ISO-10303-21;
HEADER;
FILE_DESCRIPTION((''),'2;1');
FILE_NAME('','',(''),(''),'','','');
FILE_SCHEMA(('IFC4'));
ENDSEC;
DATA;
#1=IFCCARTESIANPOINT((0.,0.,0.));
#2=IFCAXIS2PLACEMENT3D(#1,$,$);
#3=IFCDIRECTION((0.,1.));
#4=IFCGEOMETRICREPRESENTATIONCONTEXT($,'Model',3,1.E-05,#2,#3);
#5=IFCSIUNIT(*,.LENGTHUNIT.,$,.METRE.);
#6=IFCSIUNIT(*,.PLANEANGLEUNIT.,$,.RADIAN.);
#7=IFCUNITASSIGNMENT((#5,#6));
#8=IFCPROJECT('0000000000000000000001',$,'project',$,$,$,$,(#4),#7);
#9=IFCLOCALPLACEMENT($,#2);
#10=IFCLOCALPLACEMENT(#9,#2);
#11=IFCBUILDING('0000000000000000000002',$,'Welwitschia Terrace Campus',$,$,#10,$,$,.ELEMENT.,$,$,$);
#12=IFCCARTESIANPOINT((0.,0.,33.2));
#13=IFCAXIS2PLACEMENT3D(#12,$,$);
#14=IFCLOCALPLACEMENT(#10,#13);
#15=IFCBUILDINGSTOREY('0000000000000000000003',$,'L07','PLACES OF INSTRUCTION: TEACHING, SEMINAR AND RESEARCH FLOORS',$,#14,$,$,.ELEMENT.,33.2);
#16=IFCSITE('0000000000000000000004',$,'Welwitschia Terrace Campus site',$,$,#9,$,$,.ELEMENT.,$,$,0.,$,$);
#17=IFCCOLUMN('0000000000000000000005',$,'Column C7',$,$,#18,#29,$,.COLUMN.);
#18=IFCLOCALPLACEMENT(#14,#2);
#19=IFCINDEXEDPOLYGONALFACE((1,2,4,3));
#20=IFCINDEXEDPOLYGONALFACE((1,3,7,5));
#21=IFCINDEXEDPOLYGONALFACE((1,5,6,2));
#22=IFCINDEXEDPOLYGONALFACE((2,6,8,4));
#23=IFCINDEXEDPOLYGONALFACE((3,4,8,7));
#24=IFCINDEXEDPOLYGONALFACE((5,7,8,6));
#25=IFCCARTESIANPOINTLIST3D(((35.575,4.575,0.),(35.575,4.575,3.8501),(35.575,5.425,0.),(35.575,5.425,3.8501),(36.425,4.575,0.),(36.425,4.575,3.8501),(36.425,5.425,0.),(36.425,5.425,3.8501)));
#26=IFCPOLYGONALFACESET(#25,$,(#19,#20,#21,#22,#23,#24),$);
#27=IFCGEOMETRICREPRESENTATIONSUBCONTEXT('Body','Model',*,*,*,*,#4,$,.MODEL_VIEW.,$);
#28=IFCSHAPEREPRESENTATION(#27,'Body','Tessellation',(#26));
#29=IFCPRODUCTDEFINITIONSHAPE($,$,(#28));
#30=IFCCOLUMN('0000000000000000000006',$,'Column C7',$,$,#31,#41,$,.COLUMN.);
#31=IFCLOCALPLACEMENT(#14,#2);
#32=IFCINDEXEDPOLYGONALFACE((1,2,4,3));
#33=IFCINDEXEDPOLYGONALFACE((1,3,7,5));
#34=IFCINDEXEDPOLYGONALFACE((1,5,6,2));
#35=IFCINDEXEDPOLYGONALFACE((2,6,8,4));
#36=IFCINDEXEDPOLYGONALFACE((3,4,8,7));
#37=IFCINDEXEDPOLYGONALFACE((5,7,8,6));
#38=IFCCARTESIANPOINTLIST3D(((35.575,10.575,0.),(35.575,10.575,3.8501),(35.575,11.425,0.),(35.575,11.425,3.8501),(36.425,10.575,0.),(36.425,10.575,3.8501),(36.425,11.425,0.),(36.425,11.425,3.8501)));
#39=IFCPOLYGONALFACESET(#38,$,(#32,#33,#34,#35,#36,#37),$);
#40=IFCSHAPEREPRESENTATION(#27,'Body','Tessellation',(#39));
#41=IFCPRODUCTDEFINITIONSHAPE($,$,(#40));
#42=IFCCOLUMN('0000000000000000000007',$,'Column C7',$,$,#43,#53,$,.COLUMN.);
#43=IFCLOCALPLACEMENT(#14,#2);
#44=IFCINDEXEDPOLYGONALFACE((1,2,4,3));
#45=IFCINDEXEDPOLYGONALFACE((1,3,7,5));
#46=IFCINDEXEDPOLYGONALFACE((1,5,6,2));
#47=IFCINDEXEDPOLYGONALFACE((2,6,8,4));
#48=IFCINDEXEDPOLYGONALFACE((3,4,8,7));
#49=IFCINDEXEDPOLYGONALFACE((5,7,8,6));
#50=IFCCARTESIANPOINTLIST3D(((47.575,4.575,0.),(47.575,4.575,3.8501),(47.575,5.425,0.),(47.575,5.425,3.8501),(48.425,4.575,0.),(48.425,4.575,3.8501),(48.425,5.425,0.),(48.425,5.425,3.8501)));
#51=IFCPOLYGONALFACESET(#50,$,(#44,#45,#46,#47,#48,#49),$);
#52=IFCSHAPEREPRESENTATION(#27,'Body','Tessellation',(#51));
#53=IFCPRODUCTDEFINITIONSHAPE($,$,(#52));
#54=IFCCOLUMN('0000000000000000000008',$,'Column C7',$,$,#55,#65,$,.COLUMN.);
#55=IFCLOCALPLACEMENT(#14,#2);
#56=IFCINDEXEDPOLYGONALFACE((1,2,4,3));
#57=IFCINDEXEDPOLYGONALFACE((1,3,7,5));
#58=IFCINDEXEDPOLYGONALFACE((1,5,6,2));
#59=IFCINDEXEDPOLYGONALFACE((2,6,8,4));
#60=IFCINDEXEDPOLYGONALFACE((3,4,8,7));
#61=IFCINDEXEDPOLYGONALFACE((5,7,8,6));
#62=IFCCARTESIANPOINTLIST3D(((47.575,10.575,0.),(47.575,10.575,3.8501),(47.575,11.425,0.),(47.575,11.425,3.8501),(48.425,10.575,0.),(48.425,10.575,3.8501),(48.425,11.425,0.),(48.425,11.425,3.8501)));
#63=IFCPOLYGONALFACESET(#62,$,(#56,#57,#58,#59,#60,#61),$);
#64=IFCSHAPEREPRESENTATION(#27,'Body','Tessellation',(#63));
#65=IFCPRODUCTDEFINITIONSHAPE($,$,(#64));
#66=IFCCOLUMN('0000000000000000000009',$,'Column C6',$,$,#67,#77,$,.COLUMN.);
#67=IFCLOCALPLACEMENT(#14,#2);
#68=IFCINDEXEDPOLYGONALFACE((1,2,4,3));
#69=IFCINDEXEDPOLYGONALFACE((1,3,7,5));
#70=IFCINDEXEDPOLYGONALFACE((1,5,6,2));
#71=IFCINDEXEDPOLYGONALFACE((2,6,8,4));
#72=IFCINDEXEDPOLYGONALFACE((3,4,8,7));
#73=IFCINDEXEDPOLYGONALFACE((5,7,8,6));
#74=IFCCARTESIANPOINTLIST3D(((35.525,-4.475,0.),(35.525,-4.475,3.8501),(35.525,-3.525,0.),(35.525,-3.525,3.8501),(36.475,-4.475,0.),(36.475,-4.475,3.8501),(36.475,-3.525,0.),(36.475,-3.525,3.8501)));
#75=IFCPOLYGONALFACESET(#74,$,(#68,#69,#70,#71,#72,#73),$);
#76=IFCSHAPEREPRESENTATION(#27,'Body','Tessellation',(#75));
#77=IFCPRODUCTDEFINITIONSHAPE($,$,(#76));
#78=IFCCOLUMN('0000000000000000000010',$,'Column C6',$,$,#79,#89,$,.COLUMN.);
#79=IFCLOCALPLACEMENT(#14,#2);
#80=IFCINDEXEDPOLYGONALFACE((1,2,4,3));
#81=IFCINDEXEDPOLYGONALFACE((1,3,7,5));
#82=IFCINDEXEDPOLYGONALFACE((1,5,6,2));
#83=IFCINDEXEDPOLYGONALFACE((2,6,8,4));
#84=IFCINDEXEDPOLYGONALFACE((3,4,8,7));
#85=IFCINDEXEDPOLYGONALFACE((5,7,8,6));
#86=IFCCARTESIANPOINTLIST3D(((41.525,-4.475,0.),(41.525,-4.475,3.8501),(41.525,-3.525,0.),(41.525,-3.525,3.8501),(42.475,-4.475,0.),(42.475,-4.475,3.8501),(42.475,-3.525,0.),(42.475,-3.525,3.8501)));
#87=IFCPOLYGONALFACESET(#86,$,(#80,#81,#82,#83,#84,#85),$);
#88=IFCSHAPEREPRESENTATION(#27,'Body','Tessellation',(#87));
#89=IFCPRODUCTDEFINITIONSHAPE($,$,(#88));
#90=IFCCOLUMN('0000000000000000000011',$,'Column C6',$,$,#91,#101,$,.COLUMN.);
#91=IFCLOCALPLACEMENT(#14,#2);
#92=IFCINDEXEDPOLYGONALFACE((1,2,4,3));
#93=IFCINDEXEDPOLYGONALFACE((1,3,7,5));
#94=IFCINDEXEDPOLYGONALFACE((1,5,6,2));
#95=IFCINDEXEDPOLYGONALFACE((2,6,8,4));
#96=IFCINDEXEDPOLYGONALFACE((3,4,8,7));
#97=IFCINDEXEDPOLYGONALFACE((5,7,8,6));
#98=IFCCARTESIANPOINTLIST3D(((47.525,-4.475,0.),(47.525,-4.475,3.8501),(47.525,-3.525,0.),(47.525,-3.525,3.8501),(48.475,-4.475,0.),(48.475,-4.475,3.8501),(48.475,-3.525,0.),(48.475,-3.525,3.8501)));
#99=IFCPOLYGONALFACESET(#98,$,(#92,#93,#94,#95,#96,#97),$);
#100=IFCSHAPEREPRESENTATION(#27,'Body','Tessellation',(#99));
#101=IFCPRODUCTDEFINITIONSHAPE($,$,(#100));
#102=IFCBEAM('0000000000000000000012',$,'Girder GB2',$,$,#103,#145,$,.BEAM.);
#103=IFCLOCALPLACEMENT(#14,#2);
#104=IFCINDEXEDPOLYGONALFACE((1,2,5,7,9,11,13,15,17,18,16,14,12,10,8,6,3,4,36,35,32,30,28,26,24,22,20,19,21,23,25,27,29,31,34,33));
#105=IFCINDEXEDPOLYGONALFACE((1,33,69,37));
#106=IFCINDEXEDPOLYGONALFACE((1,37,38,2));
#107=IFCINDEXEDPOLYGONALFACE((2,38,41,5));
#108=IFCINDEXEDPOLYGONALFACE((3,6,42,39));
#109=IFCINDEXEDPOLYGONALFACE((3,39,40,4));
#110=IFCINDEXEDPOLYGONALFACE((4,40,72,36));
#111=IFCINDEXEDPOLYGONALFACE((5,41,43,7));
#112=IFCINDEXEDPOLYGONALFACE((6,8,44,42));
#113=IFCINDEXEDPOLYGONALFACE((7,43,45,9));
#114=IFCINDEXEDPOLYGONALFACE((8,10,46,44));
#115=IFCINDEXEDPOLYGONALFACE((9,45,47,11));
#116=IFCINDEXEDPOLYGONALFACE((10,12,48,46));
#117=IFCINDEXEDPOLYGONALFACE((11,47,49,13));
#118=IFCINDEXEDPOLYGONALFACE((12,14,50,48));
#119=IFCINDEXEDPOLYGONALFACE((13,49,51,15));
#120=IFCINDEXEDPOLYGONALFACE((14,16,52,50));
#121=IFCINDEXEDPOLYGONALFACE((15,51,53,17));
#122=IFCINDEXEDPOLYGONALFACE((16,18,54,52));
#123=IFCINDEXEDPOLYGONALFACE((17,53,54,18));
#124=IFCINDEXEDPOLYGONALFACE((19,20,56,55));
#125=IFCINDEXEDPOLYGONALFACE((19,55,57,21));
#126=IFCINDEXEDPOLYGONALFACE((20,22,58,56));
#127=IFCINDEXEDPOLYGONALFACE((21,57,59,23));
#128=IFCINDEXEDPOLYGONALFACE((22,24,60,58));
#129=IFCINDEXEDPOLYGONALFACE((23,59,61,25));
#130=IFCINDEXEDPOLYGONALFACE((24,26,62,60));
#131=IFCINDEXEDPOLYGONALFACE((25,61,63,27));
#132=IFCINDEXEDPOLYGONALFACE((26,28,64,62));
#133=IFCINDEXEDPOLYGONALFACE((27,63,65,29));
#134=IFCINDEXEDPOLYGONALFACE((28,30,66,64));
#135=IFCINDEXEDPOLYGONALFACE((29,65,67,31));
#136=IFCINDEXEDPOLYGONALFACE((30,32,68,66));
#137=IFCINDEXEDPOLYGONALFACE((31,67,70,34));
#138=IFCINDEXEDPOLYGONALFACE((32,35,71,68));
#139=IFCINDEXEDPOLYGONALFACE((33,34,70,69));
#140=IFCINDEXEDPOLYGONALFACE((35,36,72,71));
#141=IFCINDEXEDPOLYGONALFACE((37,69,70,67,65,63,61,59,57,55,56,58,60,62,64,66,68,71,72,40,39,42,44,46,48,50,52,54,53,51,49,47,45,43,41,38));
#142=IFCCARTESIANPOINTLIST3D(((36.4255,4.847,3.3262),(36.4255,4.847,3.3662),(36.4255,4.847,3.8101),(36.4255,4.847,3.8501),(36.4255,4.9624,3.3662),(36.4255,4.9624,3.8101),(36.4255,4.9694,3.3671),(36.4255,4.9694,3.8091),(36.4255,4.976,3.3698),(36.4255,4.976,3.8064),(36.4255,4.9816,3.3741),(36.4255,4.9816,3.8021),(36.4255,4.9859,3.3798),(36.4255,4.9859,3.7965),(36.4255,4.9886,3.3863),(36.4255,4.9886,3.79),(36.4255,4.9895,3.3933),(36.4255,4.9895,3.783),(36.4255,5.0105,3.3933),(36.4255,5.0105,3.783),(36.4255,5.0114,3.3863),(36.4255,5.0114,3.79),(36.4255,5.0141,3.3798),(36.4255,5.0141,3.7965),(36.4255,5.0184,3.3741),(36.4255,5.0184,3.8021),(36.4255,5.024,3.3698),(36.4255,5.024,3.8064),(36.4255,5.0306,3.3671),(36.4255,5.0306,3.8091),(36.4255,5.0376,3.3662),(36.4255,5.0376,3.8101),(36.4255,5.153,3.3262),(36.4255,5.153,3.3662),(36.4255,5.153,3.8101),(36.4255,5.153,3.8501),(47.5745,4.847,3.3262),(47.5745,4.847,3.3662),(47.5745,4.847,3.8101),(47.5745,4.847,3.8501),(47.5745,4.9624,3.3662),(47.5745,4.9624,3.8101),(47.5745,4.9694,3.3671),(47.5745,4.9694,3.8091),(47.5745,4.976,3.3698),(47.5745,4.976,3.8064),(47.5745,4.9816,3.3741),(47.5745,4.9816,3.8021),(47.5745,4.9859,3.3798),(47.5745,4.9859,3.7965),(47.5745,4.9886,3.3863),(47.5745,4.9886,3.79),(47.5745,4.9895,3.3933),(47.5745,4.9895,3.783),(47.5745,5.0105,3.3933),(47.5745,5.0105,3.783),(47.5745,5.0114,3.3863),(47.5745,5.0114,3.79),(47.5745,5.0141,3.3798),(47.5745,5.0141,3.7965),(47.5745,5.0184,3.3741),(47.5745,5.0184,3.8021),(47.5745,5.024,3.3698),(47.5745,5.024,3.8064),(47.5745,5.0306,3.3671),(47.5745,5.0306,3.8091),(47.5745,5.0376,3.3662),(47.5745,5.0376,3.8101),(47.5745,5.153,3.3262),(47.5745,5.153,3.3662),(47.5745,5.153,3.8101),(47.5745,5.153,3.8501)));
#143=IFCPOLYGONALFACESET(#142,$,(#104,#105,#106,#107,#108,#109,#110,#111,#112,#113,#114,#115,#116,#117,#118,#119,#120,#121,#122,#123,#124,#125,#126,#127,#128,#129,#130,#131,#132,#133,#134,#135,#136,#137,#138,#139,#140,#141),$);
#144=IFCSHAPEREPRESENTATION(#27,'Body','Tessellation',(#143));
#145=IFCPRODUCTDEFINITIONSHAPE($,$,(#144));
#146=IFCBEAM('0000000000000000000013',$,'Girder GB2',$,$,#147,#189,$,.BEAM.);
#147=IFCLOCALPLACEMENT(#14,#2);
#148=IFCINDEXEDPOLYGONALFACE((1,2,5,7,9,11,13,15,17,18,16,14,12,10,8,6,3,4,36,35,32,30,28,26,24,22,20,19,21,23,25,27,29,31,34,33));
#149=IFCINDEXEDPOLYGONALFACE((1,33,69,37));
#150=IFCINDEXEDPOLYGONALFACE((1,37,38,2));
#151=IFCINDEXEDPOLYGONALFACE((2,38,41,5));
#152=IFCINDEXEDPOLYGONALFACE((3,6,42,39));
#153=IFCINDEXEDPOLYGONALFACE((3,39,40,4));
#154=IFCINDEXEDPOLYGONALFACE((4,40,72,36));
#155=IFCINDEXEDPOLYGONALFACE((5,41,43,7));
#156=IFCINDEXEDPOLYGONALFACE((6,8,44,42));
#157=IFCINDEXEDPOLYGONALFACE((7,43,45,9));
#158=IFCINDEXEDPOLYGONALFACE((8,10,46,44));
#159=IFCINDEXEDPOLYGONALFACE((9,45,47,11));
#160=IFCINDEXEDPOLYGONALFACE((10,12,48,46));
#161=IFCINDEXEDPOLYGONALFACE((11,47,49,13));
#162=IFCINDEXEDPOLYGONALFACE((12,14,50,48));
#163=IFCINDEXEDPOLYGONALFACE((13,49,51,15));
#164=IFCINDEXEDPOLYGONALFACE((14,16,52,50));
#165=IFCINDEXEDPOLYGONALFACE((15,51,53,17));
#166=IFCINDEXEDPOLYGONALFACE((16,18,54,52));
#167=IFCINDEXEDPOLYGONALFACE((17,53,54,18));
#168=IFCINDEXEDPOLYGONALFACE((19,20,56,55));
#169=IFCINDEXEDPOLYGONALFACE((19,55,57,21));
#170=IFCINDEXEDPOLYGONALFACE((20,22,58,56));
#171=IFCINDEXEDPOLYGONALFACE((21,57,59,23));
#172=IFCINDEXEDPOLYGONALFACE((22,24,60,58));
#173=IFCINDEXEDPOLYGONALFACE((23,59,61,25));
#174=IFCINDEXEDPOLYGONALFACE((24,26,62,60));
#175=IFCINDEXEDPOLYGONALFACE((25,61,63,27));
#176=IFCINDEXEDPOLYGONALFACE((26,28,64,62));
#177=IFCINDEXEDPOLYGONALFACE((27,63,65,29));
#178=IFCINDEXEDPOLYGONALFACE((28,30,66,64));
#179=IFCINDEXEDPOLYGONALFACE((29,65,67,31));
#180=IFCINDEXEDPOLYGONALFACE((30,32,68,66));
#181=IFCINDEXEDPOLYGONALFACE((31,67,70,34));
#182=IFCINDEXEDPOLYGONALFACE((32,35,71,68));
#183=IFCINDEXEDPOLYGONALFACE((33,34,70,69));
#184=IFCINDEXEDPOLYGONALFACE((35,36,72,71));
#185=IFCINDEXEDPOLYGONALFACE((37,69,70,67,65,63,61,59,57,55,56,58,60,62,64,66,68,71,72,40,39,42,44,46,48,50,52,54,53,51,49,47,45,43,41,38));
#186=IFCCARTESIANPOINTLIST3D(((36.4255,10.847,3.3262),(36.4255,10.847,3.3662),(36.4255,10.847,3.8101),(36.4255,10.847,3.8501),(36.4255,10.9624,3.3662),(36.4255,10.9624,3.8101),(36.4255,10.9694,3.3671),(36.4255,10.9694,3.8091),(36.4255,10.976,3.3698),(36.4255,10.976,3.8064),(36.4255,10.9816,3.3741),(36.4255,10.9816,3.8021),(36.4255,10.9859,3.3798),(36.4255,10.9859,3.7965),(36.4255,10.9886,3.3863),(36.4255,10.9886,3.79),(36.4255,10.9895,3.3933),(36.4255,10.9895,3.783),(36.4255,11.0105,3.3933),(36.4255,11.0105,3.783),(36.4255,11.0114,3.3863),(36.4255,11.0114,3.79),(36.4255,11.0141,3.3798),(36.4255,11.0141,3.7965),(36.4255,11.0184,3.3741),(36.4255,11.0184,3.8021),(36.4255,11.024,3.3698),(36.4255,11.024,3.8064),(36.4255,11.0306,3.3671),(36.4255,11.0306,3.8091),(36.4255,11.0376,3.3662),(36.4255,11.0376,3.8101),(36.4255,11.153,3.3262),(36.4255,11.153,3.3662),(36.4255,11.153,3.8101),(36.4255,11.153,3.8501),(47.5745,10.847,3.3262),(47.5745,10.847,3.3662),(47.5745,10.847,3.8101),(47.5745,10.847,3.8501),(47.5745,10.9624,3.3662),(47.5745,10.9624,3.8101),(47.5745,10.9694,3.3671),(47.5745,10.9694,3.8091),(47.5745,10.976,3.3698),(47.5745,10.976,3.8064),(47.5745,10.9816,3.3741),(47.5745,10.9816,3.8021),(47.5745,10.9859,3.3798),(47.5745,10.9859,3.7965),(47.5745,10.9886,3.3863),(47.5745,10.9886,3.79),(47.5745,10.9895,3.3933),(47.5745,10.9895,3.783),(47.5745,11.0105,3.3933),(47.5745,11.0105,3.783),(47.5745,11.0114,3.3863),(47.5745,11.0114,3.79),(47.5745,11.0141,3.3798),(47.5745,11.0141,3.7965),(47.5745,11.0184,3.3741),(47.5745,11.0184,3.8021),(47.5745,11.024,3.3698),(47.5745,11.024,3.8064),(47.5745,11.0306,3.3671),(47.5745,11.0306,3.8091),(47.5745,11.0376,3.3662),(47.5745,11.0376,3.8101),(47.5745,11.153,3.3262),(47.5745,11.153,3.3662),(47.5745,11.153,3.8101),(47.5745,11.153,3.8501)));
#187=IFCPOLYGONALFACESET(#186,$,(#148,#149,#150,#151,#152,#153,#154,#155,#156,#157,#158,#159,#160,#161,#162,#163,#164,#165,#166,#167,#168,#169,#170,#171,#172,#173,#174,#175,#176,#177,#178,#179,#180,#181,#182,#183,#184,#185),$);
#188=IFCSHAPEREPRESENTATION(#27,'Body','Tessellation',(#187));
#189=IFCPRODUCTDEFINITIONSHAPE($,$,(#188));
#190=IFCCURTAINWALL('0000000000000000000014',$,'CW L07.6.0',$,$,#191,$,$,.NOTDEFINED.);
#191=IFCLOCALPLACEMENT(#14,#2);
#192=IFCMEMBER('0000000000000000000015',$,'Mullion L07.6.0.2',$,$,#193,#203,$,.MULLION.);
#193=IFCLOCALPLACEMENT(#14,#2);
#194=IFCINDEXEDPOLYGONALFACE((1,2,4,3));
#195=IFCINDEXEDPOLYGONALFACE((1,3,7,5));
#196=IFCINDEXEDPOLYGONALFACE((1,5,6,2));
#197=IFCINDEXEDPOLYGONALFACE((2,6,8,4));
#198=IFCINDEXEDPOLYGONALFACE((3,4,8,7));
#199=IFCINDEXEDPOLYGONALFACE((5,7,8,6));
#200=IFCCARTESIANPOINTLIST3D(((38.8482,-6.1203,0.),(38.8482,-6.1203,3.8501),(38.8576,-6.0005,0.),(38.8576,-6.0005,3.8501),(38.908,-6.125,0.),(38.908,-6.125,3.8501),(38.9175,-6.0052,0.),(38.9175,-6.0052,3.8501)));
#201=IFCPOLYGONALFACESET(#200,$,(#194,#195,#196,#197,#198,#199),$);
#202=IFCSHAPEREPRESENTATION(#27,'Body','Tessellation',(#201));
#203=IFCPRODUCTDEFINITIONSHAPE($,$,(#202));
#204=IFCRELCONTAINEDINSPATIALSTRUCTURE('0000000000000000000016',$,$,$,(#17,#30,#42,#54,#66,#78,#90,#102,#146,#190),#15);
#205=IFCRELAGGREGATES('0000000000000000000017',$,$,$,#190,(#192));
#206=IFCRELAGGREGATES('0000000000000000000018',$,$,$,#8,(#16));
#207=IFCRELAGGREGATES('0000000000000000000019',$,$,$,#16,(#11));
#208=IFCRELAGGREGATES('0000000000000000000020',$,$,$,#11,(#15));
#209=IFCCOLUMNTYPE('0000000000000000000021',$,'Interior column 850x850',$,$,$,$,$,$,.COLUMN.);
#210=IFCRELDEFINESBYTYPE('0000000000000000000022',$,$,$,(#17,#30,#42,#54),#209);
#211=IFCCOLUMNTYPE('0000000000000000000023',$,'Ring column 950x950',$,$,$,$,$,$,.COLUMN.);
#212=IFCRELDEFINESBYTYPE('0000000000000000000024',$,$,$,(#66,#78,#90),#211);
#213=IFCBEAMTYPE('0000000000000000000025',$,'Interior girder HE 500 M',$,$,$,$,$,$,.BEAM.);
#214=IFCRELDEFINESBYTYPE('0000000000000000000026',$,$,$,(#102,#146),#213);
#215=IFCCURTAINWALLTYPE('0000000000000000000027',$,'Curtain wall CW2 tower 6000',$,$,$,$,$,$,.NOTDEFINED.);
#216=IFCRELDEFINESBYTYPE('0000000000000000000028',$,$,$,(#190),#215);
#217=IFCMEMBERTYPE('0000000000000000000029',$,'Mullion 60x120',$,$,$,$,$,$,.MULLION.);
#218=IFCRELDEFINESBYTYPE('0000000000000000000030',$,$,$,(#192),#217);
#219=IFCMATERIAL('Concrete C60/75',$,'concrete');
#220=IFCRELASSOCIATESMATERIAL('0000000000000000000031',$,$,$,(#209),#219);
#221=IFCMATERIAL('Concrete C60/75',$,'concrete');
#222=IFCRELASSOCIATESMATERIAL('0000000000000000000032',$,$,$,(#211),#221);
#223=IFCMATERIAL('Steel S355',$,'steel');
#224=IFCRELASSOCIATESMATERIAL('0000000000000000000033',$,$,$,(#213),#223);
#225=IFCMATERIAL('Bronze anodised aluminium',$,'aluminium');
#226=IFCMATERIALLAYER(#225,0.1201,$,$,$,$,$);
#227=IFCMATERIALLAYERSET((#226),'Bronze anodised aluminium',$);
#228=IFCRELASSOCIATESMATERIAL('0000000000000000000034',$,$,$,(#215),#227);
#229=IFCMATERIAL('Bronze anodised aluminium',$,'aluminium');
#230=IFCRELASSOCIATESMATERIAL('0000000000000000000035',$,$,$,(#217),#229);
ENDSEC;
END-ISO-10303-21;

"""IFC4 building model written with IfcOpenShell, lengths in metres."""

from ifc_helpers import new_model, si_unit, direction, frame, origin, origin_2d, place, context, subcontext, project, spatial, rectangle, i_section, extrude, material, layer, layer_set, material_profile, profile_set, type_object, element, aggregate, save


model = new_model("IFC4")

# Units and contexts
model_context = context("Model", 3, precision=1e-05, world=origin(), true_north=direction((0.0, 1.0)))
body_context = subcontext(model_context, "Body", "Model", "MODEL_VIEW")
ifc_project = project(units=[si_unit("LENGTHUNIT", "METRE"), si_unit("PLANEANGLEUNIT", "RADIAN")], contexts=[model_context])

# Site, building, storey
site_placement = place(None, origin())
site = spatial("IfcSite", under=ifc_project, at=site_placement, Name="Welwitschia Terrace Campus site", CompositionType="ELEMENT", RefElevation=0.0)
building_placement = place(site_placement, origin())
building = spatial("IfcBuilding", under=site, at=building_placement, Name="Welwitschia Terrace Campus", CompositionType="ELEMENT")
storey_placement = place(building_placement, frame((0.0, 0.0, 33.2)))
storey = spatial("IfcBuildingStorey", under=building, at=storey_placement, Name="L07", Description="PLACES OF INSTRUCTION: TEACHING, SEMINAR AND RESEARCH FLOORS", CompositionType="ELEMENT", Elevation=33.2)

# Columns
ifc_material_1 = material(Name="Concrete C60/75", Category="concrete")
ifc_material_profile_1 = material_profile(ifc_material_1, rectangle(XDim=0.8501, YDim=0.8501, at=origin_2d()))
ifc_profile_set_1 = profile_set([ifc_material_profile_1], Name="Concrete C60/75")
column_type_1 = type_object("IfcColumnType", Name="Interior column 850x850", PredefinedType="COLUMN", material=ifc_profile_set_1)
for number, where, z_axis, x_axis, name in (
    (1, (36.0, 5.0, 0.0), (0.0, 0.0, 1.0), (1.0, 0.0, 0.0), "Column C7"),
    (2, (36.0, 11.0, 0.0), (0.0, 0.0, 1.0), (1.0, 0.0, 0.0), "Column C7"),
    (3, (48.0, 5.0, 0.0), (0.0, 0.0, 1.0), (1.0, 0.0, 0.0), "Column C7"),
    (4, (48.0, 11.0, 0.0), (0.0, 0.0, 1.0), (1.0, 0.0, 0.0), "Column C7"),
):
    element("IfcColumn", number, at=place(storey_placement, frame(where, z_axis=z_axis, x_axis=x_axis)), inside=storey, type_object=column_type_1, Name=name, PredefinedType="COLUMN", context=body_context, shape_type="SweptSolid", body=[
        extrude(rectangle(XDim=0.8501, YDim=0.8501, at=origin_2d()), origin(), (0.0, 0.0, 1.0), 3.8501),
    ])
ifc_material_2 = material(Name="Concrete C60/75", Category="concrete")
ifc_material_profile_2 = material_profile(ifc_material_2, rectangle(XDim=0.95, YDim=0.95, at=origin_2d()))
ifc_profile_set_2 = profile_set([ifc_material_profile_2], Name="Concrete C60/75")
column_type_2 = type_object("IfcColumnType", Name="Ring column 950x950", PredefinedType="COLUMN", material=ifc_profile_set_2)
for number, where, z_axis, x_axis, name in (
    (5, (36.0, -4.0, 0.0), (0.0, 0.0, 1.0), (1.0, 0.0, 0.0), "Column C6"),
    (6, (42.0, -4.0, 0.0), (0.0, 0.0, 1.0), (1.0, 0.0, 0.0), "Column C6"),
    (7, (48.0, -4.0, 0.0), (0.0, 0.0, 1.0), (1.0, 0.0, 0.0), "Column C6"),
):
    element("IfcColumn", number, at=place(storey_placement, frame(where, z_axis=z_axis, x_axis=x_axis)), inside=storey, type_object=column_type_2, Name=name, PredefinedType="COLUMN", context=body_context, shape_type="SweptSolid", body=[
        extrude(rectangle(XDim=0.95, YDim=0.95, at=origin_2d()), origin(), (0.0, 0.0, 1.0), 3.8501),
    ])

# Beams
ifc_material_3 = material(Name="Steel S355", Category="steel")
ifc_material_profile_3 = material_profile(ifc_material_3, i_section(OverallWidth=0.3059, OverallDepth=0.5239, WebThickness=0.021, FlangeThickness=0.04, FilletRadius=0.0271, at=origin_2d()))
ifc_profile_set_3 = profile_set([ifc_material_profile_3], Name="Steel S355")
beam_type_1 = type_object("IfcBeamType", Name="Interior girder HE 500 M", PredefinedType="BEAM", material=ifc_profile_set_3)
for number, where, z_axis, x_axis, name in (
    (8, (36.4255, 5.0, 3.5881), (1.0, 0.0, 0.0), (0.0, 1.0, 0.0), "Girder GB2"),
    (9, (36.4255, 11.0, 3.5881), (1.0, 0.0, 0.0), (0.0, 1.0, 0.0), "Girder GB2"),
):
    element("IfcBeam", number, at=place(storey_placement, frame(where, z_axis=z_axis, x_axis=x_axis)), inside=storey, type_object=beam_type_1, Name=name, PredefinedType="BEAM", context=body_context, shape_type="SweptSolid", body=[
        extrude(i_section(OverallWidth=0.3059, OverallDepth=0.5239, WebThickness=0.021, FlangeThickness=0.04, FilletRadius=0.0271, at=origin_2d()), origin(), (0.0, 0.0, 1.0), 11.1489),
    ])

# Curtain wall, member
ifc_material_4 = material(Name="Bronze anodised aluminium", Category="aluminium")
ifc_layer_1 = layer(ifc_material_4, 0.1201)
ifc_layer_set_1 = layer_set([ifc_layer_1], Name="Bronze anodised aluminium")
curtain_wall_type = type_object("IfcCurtainWallType", Name="Curtain wall CW2 tower 6000", PredefinedType="NOTDEFINED", material=ifc_layer_set_1)
curtain_wall_placement = place(storey_placement, origin())
curtain_wall = element("IfcCurtainWall", 10, at=curtain_wall_placement, inside=storey, type_object=curtain_wall_type, Name="CW L07.6.0", PredefinedType="NOTDEFINED")
ifc_material_5 = material(Name="Bronze anodised aluminium", Category="aluminium")
ifc_material_profile_4 = material_profile(ifc_material_5, rectangle(XDim=0.1201, YDim=0.0601, at=origin_2d()))
ifc_profile_set_4 = profile_set([ifc_material_profile_4], Name="Bronze anodised aluminium")
member_type = type_object("IfcMemberType", Name="Mullion 60x120", PredefinedType="MULLION", material=ifc_profile_set_4)
member_1_placement = place(storey_placement, frame((38.8828, -6.0627, 0.0), z_axis=(0.0, 0.0, 1.0), x_axis=(0.078459, 0.996917, 0.0)))
member_1 = element("IfcMember", 11, at=member_1_placement, type_object=member_type, Name="Mullion L07.6.0.2", PredefinedType="MULLION", context=body_context, shape_type="SweptSolid", body=[
    extrude(rectangle(XDim=0.1201, YDim=0.0601, at=origin_2d()), origin(), (0.0, 0.0, 1.0), 3.8501),
])

aggregate(curtain_wall, [member_1])

save(model, "model.ifc")
